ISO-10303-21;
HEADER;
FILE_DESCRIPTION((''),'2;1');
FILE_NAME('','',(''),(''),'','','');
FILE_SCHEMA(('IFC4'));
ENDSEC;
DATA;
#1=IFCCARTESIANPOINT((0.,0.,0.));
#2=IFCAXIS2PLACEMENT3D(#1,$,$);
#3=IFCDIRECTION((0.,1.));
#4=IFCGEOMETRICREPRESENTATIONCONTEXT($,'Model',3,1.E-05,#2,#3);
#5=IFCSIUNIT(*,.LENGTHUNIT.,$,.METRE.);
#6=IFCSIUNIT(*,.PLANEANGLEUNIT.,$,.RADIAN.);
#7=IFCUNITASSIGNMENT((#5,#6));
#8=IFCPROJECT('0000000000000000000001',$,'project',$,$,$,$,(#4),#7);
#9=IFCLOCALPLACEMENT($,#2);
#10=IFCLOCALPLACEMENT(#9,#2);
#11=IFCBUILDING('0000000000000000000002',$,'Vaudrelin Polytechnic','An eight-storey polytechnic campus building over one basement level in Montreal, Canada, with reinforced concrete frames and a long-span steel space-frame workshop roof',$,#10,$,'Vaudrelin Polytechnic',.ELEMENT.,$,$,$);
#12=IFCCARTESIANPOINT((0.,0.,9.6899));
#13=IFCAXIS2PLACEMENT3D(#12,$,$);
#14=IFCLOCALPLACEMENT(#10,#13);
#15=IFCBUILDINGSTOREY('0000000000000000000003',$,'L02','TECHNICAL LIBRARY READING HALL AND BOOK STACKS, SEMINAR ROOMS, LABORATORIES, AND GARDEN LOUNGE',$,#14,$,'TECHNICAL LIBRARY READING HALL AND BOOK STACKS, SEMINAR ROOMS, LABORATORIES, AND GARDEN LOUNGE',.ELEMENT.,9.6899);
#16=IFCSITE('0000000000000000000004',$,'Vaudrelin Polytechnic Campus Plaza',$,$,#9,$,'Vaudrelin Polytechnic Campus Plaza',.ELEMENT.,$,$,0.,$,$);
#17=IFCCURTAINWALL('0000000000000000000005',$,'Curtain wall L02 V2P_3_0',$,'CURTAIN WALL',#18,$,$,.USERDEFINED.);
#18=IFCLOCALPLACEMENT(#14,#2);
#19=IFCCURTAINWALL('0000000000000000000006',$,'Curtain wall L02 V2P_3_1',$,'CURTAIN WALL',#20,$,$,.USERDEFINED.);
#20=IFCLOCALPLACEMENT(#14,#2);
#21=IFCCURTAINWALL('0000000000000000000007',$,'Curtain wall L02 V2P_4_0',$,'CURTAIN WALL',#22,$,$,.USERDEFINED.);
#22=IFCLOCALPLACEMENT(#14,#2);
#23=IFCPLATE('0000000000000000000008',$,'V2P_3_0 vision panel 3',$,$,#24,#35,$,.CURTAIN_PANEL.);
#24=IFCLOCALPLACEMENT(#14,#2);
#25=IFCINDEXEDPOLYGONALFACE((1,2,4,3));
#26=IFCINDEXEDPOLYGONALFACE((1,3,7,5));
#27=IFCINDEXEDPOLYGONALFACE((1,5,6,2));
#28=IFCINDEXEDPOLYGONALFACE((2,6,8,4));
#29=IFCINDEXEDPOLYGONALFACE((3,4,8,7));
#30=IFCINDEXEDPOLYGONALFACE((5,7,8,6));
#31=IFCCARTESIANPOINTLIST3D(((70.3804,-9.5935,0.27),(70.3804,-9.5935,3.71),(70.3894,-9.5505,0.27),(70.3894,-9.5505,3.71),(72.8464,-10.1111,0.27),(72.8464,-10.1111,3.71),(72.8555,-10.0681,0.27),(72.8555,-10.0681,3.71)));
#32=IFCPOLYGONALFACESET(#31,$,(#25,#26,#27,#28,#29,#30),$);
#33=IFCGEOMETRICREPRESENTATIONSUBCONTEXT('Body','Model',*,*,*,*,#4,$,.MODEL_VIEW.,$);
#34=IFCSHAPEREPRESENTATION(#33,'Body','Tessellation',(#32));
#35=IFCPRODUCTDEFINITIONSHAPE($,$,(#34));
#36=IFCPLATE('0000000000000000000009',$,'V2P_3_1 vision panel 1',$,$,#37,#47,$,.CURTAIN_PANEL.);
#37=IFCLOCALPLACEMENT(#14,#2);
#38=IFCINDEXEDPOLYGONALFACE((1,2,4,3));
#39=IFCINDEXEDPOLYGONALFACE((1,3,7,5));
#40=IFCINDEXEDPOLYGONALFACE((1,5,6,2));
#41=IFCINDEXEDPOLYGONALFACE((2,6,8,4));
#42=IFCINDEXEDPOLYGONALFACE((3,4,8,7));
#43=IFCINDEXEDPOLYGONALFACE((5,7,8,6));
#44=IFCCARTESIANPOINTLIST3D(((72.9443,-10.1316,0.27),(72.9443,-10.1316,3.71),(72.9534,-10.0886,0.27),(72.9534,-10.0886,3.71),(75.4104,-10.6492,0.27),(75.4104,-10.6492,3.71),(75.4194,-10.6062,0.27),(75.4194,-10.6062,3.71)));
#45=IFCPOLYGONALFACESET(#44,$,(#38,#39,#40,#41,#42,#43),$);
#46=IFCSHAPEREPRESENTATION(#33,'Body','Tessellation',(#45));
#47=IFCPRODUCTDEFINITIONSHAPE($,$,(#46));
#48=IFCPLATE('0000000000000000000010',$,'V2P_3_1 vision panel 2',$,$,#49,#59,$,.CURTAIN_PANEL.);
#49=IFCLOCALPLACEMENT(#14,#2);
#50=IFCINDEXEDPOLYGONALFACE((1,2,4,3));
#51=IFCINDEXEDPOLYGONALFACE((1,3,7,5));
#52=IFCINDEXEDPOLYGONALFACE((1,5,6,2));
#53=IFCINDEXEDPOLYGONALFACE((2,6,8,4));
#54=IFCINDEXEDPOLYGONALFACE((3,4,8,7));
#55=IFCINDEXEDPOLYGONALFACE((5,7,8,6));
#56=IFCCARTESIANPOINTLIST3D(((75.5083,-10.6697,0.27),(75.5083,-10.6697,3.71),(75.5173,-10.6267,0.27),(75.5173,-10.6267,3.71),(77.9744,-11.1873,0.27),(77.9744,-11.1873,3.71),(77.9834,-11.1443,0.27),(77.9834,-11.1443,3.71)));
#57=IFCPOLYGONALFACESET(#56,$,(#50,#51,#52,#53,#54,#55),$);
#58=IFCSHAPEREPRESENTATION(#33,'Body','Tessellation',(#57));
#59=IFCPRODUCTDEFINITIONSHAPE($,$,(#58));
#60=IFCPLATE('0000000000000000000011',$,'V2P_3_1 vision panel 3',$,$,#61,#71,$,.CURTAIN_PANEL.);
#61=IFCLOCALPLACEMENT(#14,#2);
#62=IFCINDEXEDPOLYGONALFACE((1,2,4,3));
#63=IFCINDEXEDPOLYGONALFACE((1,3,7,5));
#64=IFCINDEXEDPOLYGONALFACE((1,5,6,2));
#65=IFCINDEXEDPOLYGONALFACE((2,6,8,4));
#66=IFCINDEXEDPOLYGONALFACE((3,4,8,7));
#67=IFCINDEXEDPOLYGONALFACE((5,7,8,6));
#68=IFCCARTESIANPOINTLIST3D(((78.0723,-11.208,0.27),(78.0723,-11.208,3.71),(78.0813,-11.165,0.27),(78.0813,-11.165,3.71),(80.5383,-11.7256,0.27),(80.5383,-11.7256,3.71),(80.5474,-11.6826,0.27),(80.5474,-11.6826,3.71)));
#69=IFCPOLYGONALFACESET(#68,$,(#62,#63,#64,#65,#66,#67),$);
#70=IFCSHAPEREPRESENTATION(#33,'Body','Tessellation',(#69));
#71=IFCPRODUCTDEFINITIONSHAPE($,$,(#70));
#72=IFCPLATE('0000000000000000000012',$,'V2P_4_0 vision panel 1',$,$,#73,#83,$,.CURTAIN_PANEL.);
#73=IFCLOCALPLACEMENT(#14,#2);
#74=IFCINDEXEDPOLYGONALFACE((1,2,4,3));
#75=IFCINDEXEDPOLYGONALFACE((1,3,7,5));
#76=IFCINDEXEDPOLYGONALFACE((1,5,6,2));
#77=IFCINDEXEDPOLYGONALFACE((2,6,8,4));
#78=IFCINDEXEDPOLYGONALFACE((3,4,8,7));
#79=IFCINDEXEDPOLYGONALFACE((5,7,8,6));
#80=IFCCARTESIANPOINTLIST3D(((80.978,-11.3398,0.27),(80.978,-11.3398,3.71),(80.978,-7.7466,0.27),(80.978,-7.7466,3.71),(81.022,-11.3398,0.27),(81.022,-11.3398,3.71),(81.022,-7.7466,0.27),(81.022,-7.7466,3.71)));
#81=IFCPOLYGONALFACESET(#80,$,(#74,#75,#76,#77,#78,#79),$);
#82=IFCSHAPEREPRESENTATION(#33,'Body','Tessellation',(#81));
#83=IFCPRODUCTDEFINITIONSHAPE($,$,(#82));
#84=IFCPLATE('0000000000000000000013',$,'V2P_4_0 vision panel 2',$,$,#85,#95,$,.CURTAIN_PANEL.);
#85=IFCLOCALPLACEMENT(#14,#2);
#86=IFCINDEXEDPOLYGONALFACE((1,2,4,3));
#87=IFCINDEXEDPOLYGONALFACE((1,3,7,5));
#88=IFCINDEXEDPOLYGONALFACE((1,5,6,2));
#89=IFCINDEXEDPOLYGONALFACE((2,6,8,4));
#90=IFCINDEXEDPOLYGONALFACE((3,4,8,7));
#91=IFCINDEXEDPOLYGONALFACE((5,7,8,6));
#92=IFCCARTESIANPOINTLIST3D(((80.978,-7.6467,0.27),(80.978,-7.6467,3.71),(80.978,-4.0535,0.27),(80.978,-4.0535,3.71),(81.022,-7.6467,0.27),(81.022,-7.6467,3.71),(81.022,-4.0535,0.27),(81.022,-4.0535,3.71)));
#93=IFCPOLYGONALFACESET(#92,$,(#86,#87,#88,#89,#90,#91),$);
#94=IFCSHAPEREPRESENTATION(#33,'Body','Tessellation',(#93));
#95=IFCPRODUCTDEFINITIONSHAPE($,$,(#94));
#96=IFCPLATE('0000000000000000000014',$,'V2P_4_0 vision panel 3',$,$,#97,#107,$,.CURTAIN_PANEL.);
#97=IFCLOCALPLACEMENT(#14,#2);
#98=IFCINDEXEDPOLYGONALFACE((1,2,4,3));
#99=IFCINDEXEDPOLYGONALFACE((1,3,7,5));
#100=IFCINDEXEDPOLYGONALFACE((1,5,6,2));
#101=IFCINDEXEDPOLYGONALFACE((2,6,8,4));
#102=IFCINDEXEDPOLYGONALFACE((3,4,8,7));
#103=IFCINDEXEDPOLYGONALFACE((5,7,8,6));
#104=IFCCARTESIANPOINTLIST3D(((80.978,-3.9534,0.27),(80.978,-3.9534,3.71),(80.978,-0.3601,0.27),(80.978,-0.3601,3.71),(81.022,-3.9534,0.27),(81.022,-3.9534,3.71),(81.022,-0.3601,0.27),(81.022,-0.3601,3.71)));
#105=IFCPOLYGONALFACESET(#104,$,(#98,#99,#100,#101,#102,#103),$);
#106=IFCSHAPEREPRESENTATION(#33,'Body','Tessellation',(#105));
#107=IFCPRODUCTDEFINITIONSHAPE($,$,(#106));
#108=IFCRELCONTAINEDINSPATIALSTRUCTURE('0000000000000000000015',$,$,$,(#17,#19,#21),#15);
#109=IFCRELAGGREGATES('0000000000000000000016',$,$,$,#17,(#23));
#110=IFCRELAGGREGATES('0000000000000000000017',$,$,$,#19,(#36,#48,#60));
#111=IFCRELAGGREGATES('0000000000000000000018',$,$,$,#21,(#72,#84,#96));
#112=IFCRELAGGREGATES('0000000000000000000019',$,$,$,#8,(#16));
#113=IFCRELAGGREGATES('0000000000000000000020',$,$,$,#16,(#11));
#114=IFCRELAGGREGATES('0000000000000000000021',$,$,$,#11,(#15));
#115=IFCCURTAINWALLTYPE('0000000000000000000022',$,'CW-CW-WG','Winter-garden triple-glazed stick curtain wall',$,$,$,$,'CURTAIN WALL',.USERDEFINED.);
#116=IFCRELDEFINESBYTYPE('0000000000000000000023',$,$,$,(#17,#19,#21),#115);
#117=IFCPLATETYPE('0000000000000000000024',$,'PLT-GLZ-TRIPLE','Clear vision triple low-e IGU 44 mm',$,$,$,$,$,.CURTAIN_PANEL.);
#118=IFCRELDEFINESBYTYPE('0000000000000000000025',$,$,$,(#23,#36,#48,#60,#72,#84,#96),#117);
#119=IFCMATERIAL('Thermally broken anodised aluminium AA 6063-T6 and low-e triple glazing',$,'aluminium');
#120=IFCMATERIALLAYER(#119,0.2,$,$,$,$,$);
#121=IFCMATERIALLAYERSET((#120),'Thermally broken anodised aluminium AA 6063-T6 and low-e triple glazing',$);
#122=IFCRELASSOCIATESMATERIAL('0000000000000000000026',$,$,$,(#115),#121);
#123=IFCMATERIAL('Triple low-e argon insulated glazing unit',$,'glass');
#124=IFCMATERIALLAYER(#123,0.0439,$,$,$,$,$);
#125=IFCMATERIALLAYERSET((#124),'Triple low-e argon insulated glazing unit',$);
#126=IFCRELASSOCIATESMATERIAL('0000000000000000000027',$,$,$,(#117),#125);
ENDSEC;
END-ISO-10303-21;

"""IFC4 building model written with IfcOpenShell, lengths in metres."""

from ifc_helpers import new_model, si_unit, direction, frame, origin, origin_2d, place, context, subcontext, project, spatial, rectangle, extrude, material, layer, layer_set, type_object, element, aggregate, save


model = new_model("IFC4")

# Units and contexts
model_context = context("Model", 3, precision=1e-05, world=origin(), true_north=direction((0.0, 1.0)))
body_context = subcontext(model_context, "Body", "Model", "MODEL_VIEW")
ifc_project = project(units=[si_unit("LENGTHUNIT", "METRE"), si_unit("PLANEANGLEUNIT", "RADIAN")], contexts=[model_context])

# Site, building, storey
site_placement = place(None, origin())
site = spatial("IfcSite", under=ifc_project, at=site_placement, Name="Vaudrelin Polytechnic Campus Plaza", LongName="Vaudrelin Polytechnic Campus Plaza", CompositionType="ELEMENT", RefElevation=0.0)
building_placement = place(site_placement, origin())
building = spatial("IfcBuilding", under=site, at=building_placement, Name="Vaudrelin Polytechnic", Description="An eight-storey polytechnic campus building over one basement level in Montreal, Canada, with reinforced concrete frames and a long-span steel space-frame workshop roof", LongName="Vaudrelin Polytechnic", CompositionType="ELEMENT")
storey_placement = place(building_placement, frame((0.0, 0.0, 9.6899)))
storey = spatial("IfcBuildingStorey", under=building, at=storey_placement, Name="L02", Description="TECHNICAL LIBRARY READING HALL AND BOOK STACKS, SEMINAR ROOMS, LABORATORIES, AND GARDEN LOUNGE", LongName="TECHNICAL LIBRARY READING HALL AND BOOK STACKS, SEMINAR ROOMS, LABORATORIES, AND GARDEN LOUNGE", CompositionType="ELEMENT", Elevation=9.6899)

# Curtain wall
ifc_material_1 = material(Name="Thermally broken anodised aluminium AA 6063-T6 and low-e triple glazing", Category="aluminium")
ifc_layer_1 = layer(ifc_material_1, 0.2)
ifc_layer_set_1 = layer_set([ifc_layer_1], Name="Thermally broken anodised aluminium AA 6063-T6 and low-e triple glazing")
curtain_wall_type = type_object("IfcCurtainWallType", Name="CW-CW-WG", Description="Winter-garden triple-glazed stick curtain wall", ElementType="CURTAIN WALL", PredefinedType="USERDEFINED", material=ifc_layer_set_1)
curtain_wall_1_placement = place(storey_placement, origin())
curtain_wall_1 = element("IfcCurtainWall", 1, at=curtain_wall_1_placement, inside=storey, type_object=curtain_wall_type, Name="Curtain wall L02 V2P_3_0", ObjectType="CURTAIN WALL", PredefinedType="USERDEFINED")

# Curtain walls
curtain_wall_2_placement = place(storey_placement, origin())
curtain_wall_2 = element("IfcCurtainWall", 2, at=curtain_wall_2_placement, inside=storey, type_object=curtain_wall_type, Name="Curtain wall L02 V2P_3_1", ObjectType="CURTAIN WALL", PredefinedType="USERDEFINED")
curtain_wall_3_placement = place(storey_placement, origin())
curtain_wall_3 = element("IfcCurtainWall", 3, at=curtain_wall_3_placement, inside=storey, type_object=curtain_wall_type, Name="Curtain wall L02 V2P_4_0", ObjectType="CURTAIN WALL", PredefinedType="USERDEFINED")

# Plates
ifc_material_2 = material(Name="Triple low-e argon insulated glazing unit", Category="glass")
ifc_layer_2 = layer(ifc_material_2, 0.0439)
ifc_layer_set_2 = layer_set([ifc_layer_2], Name="Triple low-e argon insulated glazing unit")
plate_type_1 = type_object("IfcPlateType", Name="PLT-GLZ-TRIPLE", Description="Clear vision triple low-e IGU 44 mm", PredefinedType="CURTAIN_PANEL", material=ifc_layer_set_2)
plate_1_placement = place(storey_placement, frame((71.6179, -9.8308, 0.27), z_axis=(0.0, 0.0, 1.0), x_axis=(0.978679, -0.205398, 0.0)))
plate_1 = element("IfcPlate", 4, at=plate_1_placement, type_object=plate_type_1, Name="V2P_3_0 vision panel 3", PredefinedType="CURTAIN_PANEL", context=body_context, shape_type="SweptSolid", body=[
    extrude(rectangle(XDim=2.5198, YDim=0.0439, at=origin_2d()), origin(), (0.0, 0.0, 1.0), 3.4399),
])
aggregate(curtain_wall_1, [plate_1])
plate_2_placement = place(storey_placement, frame((74.1819, -10.3689, 0.27), z_axis=(0.0, 0.0, 1.0), x_axis=(0.978679, -0.205398, 0.0)))
plate_2 = element("IfcPlate", 5, at=plate_2_placement, type_object=plate_type_1, Name="V2P_3_1 vision panel 1", PredefinedType="CURTAIN_PANEL", context=body_context, shape_type="SweptSolid", body=[
    extrude(rectangle(XDim=2.5198, YDim=0.0439, at=origin_2d()), origin(), (0.0, 0.0, 1.0), 3.4399),
])
plate_3_placement = place(storey_placement, frame((76.7458, -10.907, 0.27), z_axis=(0.0, 0.0, 1.0), x_axis=(0.978679, -0.205398, 0.0)))
plate_3 = element("IfcPlate", 6, at=plate_3_placement, type_object=plate_type_1, Name="V2P_3_1 vision panel 2", PredefinedType="CURTAIN_PANEL", context=body_context, shape_type="SweptSolid", body=[
    extrude(rectangle(XDim=2.5198, YDim=0.0439, at=origin_2d()), origin(), (0.0, 0.0, 1.0), 3.4399),
])
plate_4_placement = place(storey_placement, frame((79.3098, -11.4453, 0.27), z_axis=(0.0, 0.0, 1.0), x_axis=(0.978679, -0.205398, 0.0)))
plate_4 = element("IfcPlate", 7, at=plate_4_placement, type_object=plate_type_1, Name="V2P_3_1 vision panel 3", PredefinedType="CURTAIN_PANEL", context=body_context, shape_type="SweptSolid", body=[
    extrude(rectangle(XDim=2.5198, YDim=0.0439, at=origin_2d()), origin(), (0.0, 0.0, 1.0), 3.4399),
])
aggregate(curtain_wall_2, [plate_2, plate_3, plate_4])
plate_5_placement = place(storey_placement, frame((81.0, -9.5432, 0.27), z_axis=(0.0, 0.0, 1.0), x_axis=(0.0, 1.0, 0.0)))
plate_5 = element("IfcPlate", 8, at=plate_5_placement, type_object=plate_type_1, Name="V2P_4_0 vision panel 1", PredefinedType="CURTAIN_PANEL", context=body_context, shape_type="SweptSolid", body=[
    extrude(rectangle(XDim=3.5933, YDim=0.0439, at=origin_2d()), origin(), (0.0, 0.0, 1.0), 3.4399),
])
plate_6_placement = place(storey_placement, frame((81.0, -5.8501, 0.27), z_axis=(0.0, 0.0, 1.0), x_axis=(0.0, 1.0, 0.0)))
plate_6 = element("IfcPlate", 9, at=plate_6_placement, type_object=plate_type_1, Name="V2P_4_0 vision panel 2", PredefinedType="CURTAIN_PANEL", context=body_context, shape_type="SweptSolid", body=[
    extrude(rectangle(XDim=3.5933, YDim=0.0439, at=origin_2d()), origin(), (0.0, 0.0, 1.0), 3.4399),
])
plate_7_placement = place(storey_placement, frame((81.0, -2.1567, 0.27), z_axis=(0.0, 0.0, 1.0), x_axis=(0.0, 1.0, 0.0)))
plate_7 = element("IfcPlate", 10, at=plate_7_placement, type_object=plate_type_1, Name="V2P_4_0 vision panel 3", PredefinedType="CURTAIN_PANEL", context=body_context, shape_type="SweptSolid", body=[
    extrude(rectangle(XDim=3.5933, YDim=0.0439, at=origin_2d()), origin(), (0.0, 0.0, 1.0), 3.4399),
])
aggregate(curtain_wall_3, [plate_5, plate_6, plate_7])

save(model, "model.ifc")
